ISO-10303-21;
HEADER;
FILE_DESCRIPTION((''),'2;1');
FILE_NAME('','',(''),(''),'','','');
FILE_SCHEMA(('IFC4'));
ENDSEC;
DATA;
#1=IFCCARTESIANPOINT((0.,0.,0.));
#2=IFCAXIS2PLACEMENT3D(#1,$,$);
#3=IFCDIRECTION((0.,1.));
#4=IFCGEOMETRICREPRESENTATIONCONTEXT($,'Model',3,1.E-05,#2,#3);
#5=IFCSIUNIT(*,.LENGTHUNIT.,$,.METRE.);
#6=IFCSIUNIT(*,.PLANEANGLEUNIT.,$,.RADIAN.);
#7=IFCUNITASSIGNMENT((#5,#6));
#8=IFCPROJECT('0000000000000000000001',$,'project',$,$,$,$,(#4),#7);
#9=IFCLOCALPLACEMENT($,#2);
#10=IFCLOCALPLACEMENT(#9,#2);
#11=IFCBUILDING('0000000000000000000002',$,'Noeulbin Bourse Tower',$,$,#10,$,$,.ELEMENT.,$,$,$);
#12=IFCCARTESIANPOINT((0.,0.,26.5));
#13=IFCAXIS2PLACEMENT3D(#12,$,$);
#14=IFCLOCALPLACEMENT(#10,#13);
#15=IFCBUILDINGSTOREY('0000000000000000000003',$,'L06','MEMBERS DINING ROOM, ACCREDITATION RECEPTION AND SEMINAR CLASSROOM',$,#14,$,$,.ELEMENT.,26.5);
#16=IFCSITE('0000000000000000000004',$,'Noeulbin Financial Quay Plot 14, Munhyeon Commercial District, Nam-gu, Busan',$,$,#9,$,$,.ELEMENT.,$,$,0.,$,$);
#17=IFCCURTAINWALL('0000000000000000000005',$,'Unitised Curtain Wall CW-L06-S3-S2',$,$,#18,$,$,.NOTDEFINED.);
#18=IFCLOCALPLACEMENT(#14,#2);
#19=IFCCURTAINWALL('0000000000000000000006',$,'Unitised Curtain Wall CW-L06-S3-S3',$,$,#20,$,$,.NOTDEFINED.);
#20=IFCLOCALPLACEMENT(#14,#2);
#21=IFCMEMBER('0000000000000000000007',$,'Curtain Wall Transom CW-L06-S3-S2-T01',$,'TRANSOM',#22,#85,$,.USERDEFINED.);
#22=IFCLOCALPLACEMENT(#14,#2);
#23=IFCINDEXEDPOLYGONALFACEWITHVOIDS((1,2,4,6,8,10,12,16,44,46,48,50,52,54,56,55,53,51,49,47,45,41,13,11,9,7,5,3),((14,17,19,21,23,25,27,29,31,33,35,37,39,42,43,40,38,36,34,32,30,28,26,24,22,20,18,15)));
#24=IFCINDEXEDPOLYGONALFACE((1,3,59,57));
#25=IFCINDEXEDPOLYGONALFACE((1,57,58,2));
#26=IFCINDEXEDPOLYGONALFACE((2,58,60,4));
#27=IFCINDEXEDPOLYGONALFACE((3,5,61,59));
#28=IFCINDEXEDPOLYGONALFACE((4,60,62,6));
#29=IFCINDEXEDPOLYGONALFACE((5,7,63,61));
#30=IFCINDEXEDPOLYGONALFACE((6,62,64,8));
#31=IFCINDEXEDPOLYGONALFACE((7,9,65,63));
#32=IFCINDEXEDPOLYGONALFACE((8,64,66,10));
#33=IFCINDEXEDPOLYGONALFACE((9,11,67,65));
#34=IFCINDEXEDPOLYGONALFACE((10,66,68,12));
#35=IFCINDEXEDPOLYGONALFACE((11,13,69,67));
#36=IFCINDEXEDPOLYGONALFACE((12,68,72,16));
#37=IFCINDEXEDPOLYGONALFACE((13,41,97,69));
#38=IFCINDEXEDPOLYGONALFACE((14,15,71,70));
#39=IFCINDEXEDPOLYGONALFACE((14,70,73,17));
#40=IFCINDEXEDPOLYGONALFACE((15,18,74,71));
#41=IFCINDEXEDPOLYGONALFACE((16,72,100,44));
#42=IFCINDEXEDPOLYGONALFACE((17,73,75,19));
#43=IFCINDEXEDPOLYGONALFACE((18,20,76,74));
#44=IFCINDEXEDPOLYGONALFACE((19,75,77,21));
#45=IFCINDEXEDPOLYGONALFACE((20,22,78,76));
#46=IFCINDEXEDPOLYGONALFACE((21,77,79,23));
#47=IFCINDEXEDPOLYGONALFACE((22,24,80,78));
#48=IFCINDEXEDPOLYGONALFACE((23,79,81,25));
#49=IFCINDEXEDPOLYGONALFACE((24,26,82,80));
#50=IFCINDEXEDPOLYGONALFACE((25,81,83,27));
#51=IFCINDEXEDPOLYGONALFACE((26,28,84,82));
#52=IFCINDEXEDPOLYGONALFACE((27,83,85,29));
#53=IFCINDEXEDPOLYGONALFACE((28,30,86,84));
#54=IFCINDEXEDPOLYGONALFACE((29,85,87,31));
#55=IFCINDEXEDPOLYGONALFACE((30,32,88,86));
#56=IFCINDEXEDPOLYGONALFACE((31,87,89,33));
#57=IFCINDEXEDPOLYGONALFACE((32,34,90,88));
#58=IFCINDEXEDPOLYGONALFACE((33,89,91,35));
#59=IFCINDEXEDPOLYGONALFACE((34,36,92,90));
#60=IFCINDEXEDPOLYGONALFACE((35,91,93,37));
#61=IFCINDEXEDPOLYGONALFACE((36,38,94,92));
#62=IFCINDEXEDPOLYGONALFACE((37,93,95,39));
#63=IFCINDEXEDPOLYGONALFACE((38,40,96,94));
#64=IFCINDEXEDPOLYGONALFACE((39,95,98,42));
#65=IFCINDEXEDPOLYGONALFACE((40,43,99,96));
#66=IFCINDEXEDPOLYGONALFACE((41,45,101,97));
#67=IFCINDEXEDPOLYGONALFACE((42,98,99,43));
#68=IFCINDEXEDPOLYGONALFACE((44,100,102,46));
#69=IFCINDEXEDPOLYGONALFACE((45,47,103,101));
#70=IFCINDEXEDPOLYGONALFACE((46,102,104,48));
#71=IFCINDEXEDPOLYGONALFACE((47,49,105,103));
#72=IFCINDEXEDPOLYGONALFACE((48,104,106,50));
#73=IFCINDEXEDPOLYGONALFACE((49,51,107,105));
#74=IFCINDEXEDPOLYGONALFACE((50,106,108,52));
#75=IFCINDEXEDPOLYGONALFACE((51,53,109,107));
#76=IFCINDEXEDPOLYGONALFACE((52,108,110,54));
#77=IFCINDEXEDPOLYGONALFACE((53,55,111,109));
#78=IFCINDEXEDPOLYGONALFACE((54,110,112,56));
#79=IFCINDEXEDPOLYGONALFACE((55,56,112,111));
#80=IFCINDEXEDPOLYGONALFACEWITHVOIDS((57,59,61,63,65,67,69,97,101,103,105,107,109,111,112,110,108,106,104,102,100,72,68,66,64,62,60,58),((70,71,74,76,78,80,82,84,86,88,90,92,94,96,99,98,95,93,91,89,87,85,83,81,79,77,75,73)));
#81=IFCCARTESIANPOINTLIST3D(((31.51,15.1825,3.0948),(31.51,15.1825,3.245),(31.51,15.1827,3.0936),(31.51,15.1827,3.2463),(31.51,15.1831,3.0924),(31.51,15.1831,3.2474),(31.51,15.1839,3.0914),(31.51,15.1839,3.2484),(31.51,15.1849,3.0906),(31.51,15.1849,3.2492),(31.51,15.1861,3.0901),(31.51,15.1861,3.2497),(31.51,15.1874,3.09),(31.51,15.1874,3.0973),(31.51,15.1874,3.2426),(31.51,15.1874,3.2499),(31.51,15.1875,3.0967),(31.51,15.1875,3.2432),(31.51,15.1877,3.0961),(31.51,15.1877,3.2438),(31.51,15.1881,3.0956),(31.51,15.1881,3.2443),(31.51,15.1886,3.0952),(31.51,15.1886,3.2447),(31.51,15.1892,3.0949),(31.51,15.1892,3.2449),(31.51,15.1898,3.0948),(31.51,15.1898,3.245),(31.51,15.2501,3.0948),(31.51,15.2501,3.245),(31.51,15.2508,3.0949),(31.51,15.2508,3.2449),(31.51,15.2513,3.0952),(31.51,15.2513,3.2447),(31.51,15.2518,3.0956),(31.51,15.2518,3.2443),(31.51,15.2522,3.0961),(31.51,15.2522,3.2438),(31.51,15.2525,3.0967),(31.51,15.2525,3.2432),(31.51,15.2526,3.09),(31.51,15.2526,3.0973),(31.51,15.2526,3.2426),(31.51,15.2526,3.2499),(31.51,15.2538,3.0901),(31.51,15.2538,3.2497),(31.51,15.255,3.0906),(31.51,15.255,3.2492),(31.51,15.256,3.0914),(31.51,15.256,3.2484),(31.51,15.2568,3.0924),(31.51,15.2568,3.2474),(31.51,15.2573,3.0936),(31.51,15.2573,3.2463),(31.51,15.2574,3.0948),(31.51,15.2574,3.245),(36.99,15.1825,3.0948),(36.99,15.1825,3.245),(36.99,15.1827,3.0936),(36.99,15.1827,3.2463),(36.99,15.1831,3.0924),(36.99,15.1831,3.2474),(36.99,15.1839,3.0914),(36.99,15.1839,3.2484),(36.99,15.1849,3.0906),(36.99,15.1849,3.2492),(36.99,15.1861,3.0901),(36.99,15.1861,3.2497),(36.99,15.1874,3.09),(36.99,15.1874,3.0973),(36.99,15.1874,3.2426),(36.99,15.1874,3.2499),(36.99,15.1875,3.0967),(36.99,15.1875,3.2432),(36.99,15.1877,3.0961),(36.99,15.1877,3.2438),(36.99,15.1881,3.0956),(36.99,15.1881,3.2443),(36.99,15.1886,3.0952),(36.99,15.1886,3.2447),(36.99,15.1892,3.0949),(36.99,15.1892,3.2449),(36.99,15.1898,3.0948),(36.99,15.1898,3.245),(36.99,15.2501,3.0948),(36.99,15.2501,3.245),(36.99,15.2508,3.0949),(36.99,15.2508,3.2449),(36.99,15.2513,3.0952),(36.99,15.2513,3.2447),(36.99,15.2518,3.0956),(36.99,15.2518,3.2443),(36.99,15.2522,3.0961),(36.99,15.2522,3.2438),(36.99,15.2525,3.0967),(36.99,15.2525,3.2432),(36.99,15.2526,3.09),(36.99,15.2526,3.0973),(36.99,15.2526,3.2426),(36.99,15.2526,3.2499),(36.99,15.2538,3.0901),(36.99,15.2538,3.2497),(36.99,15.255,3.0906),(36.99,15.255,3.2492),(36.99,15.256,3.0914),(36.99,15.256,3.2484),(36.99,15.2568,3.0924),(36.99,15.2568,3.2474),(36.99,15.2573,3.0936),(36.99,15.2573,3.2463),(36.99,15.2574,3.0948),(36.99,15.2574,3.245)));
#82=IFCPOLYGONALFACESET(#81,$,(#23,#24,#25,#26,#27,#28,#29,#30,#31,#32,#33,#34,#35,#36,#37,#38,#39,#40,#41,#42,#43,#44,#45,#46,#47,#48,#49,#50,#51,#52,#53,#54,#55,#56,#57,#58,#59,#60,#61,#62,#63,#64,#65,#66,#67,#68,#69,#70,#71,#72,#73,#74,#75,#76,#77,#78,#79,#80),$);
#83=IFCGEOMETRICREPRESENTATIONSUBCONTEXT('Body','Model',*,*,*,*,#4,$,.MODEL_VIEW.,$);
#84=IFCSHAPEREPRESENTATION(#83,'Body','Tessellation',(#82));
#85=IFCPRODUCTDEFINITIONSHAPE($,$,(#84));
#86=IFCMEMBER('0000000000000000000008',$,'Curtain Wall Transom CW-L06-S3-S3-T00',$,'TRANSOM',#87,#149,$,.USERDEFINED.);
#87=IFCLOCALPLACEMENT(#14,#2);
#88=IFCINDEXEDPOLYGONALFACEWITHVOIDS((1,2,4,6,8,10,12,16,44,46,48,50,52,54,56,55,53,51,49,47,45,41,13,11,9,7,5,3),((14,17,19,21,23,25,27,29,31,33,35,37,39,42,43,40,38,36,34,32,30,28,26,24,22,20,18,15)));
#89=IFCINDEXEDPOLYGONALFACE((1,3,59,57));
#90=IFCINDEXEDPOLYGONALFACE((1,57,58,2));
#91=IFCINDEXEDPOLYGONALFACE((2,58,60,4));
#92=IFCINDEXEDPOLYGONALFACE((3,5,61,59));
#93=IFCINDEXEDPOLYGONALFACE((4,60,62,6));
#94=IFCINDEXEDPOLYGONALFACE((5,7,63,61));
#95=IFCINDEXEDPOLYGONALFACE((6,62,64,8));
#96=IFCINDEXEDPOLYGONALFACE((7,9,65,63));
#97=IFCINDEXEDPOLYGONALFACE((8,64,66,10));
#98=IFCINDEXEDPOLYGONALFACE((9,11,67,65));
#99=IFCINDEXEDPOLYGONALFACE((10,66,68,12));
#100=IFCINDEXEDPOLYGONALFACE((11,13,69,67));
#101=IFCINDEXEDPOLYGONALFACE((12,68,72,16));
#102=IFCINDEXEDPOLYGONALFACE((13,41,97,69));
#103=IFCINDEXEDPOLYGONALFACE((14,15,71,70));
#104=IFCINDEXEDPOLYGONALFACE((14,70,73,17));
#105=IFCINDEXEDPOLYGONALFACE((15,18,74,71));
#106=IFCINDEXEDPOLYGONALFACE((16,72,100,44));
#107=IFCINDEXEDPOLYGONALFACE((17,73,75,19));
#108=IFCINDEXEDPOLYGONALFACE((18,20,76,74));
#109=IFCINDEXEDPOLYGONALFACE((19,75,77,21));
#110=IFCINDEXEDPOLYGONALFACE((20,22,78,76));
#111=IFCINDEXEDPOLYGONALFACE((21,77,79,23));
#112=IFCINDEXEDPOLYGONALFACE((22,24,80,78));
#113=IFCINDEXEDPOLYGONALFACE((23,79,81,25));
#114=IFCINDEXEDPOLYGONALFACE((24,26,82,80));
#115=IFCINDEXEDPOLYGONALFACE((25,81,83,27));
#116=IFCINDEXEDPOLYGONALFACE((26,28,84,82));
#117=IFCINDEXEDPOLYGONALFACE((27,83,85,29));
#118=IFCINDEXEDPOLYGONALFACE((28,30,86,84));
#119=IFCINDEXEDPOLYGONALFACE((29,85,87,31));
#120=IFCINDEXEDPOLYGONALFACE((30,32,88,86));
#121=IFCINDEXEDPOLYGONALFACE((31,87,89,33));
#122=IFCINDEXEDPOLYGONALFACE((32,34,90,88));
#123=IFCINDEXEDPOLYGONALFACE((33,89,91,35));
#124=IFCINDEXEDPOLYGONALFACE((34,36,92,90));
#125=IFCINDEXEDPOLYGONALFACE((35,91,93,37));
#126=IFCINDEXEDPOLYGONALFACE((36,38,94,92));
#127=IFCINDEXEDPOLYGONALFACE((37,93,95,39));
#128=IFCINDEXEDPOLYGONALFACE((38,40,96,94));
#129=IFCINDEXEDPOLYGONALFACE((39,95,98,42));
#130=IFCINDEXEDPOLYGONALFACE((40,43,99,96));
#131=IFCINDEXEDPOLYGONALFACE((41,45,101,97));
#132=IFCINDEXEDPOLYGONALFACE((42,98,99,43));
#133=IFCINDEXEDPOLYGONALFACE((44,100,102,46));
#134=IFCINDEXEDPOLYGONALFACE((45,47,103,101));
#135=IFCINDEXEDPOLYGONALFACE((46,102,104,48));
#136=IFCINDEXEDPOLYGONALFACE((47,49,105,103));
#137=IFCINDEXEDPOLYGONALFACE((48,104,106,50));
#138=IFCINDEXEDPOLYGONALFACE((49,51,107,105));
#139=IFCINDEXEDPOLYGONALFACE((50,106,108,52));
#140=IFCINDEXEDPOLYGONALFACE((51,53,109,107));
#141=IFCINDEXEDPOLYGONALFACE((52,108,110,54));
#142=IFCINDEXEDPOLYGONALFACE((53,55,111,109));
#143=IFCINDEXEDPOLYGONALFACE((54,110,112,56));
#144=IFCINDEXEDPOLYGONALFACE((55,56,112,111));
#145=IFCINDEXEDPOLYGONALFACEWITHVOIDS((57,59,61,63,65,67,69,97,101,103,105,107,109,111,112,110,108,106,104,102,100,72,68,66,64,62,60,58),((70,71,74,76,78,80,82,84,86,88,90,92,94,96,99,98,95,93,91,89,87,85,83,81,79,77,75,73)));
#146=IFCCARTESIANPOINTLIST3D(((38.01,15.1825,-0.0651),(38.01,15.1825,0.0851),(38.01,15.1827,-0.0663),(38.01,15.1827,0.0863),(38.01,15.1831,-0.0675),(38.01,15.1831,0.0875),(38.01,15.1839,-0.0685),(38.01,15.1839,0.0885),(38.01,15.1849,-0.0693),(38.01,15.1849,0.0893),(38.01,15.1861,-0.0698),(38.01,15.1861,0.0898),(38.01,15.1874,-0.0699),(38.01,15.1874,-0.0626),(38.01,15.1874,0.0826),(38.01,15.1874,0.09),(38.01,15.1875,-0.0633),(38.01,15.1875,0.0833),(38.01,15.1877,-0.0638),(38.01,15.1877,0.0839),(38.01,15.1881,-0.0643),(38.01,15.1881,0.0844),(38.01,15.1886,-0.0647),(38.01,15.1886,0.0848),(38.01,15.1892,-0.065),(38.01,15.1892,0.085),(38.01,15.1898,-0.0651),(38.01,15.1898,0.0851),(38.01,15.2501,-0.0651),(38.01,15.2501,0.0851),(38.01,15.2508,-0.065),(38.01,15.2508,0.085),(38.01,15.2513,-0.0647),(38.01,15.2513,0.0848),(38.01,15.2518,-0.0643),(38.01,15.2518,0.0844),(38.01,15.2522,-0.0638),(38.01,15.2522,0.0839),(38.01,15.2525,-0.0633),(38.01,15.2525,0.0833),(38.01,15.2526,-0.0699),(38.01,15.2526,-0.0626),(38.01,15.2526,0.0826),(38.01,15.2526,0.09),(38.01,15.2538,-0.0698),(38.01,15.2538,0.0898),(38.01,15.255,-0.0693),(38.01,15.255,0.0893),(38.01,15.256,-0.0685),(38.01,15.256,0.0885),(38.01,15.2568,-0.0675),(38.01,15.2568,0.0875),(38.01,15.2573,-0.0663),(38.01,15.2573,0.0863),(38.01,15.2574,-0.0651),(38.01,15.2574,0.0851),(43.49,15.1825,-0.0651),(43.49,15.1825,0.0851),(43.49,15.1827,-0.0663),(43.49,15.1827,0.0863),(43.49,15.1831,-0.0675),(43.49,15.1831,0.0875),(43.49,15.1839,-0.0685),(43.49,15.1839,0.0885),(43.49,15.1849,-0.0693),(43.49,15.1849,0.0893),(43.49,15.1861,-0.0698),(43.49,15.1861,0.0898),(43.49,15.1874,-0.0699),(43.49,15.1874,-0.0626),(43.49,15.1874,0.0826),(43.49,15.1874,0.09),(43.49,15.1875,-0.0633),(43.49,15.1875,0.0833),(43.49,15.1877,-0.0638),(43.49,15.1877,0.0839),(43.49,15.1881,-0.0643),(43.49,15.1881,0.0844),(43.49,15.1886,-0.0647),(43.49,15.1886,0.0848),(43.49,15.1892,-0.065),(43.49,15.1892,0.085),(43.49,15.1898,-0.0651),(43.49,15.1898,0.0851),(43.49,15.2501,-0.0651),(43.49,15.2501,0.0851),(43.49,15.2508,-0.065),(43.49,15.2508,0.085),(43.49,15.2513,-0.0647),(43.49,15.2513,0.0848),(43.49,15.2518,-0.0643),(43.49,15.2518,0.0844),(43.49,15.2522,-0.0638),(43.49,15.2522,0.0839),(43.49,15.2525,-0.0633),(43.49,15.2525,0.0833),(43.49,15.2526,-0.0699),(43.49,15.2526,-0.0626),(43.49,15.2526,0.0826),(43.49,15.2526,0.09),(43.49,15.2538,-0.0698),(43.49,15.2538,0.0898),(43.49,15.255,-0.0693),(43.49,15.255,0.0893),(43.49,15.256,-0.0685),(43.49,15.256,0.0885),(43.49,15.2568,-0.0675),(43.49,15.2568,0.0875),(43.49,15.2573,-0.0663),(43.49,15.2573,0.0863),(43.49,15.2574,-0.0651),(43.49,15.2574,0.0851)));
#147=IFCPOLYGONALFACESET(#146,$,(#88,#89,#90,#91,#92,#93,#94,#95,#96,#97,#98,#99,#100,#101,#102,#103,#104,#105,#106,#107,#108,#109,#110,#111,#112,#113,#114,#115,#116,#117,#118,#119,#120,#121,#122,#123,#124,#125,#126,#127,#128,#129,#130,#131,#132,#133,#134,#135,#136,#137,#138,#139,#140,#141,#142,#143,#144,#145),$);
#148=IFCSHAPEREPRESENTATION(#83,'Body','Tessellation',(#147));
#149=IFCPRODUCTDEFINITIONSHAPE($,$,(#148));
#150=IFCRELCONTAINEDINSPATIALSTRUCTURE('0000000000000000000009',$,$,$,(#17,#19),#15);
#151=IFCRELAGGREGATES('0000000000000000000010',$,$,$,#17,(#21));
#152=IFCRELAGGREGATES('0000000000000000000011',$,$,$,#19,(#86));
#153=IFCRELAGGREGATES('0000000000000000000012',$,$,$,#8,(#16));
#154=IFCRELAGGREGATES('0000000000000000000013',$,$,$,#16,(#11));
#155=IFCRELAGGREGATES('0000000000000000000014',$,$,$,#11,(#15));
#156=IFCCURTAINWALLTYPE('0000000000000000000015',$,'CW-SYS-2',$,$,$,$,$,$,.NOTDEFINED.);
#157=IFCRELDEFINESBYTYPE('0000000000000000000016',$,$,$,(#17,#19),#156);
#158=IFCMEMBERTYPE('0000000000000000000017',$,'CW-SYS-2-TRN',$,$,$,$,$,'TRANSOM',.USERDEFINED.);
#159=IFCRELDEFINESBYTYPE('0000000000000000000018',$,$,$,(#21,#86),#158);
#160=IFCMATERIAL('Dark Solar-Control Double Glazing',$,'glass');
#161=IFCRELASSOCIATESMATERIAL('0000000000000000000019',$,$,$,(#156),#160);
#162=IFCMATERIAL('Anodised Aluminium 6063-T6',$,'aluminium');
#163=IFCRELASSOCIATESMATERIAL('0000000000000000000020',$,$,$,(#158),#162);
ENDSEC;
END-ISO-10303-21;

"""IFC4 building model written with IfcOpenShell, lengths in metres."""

from ifc_helpers import new_model, si_unit, direction, frame, origin, origin_2d, place, context, subcontext, project, spatial, hollow_rectangle, extrude, material, material_profile, profile_set, type_object, element, aggregate, save


model = new_model("IFC4")

# Units and contexts
model_context = context("Model", 3, precision=1e-05, world=origin(), true_north=direction((0.0, 1.0)))
body_context = subcontext(model_context, "Body", "Model", "MODEL_VIEW")
ifc_project = project(units=[si_unit("LENGTHUNIT", "METRE"), si_unit("PLANEANGLEUNIT", "RADIAN")], contexts=[model_context])

# Site, building, storey
site_placement = place(None, origin())
site = spatial("IfcSite", under=ifc_project, at=site_placement, Name="Noeulbin Financial Quay Plot 14, Munhyeon Commercial District, Nam-gu, Busan", CompositionType="ELEMENT", RefElevation=0.0)
building_placement = place(site_placement, origin())
building = spatial("IfcBuilding", under=site, at=building_placement, Name="Noeulbin Bourse Tower", CompositionType="ELEMENT")
storey_placement = place(building_placement, frame((0.0, 0.0, 26.5)))
storey = spatial("IfcBuildingStorey", under=building, at=storey_placement, Name="L06", Description="MEMBERS DINING ROOM, ACCREDITATION RECEPTION AND SEMINAR CLASSROOM", CompositionType="ELEMENT", Elevation=26.5)

# Shared definitions
ifc_material_1 = material(Name="Dark Solar-Control Double Glazing", Category="glass")
curtain_wall_type = type_object("IfcCurtainWallType", Name="CW-SYS-2", PredefinedType="NOTDEFINED", material=ifc_material_1)
ifc_material_2 = material(Name="Anodised Aluminium 6063-T6", Category="aluminium")

# Curtain wall
curtain_wall_1_placement = place(storey_placement, origin())
curtain_wall_1 = element("IfcCurtainWall", 1, at=curtain_wall_1_placement, inside=storey, type_object=curtain_wall_type, Name="Unitised Curtain Wall CW-L06-S3-S2", PredefinedType="NOTDEFINED")

# Curtain wall
curtain_wall_2_placement = place(storey_placement, origin())
curtain_wall_2 = element("IfcCurtainWall", 2, at=curtain_wall_2_placement, inside=storey, type_object=curtain_wall_type, Name="Unitised Curtain Wall CW-L06-S3-S3", PredefinedType="NOTDEFINED")

# Members
ifc_material_profile_1 = material_profile(ifc_material_2, hollow_rectangle(XDim=0.075, YDim=0.1599, WallThickness=0.0049, InnerFilletRadius=0.0024, OuterFilletRadius=0.0049, at=origin_2d()), Name="ALU-TRAN-75x160x5", Category="LoadBearing")
ifc_profile_set_1 = profile_set([ifc_material_profile_1], Name="Anodised Aluminium 6063-T6")
member_type_1 = type_object("IfcMemberType", Name="CW-SYS-2-TRN", ElementType="TRANSOM", PredefinedType="USERDEFINED", material=ifc_profile_set_1)
member_1_placement = place(storey_placement, frame((31.51, 15.22, 3.1699), z_axis=(1.0, 0.0, 0.0), x_axis=(0.0, 1.0, 0.0)))
member_1 = element("IfcMember", 3, at=member_1_placement, type_object=member_type_1, Name="Curtain Wall Transom CW-L06-S3-S2-T01", ObjectType="TRANSOM", PredefinedType="USERDEFINED", context=body_context, shape_type="SweptSolid", body=[
    extrude(hollow_rectangle(XDim=0.075, YDim=0.1599, WallThickness=0.0049, InnerFilletRadius=0.0024, OuterFilletRadius=0.0049, at=origin_2d()), origin(), (0.0, 0.0, 1.0), 5.48),
])
member_2_placement = place(storey_placement, frame((38.01, 15.22, 0.01), z_axis=(1.0, 0.0, 0.0), x_axis=(0.0, 1.0, 0.0)))
member_2 = element("IfcMember", 4, at=member_2_placement, type_object=member_type_1, Name="Curtain Wall Transom CW-L06-S3-S3-T00", ObjectType="TRANSOM", PredefinedType="USERDEFINED", context=body_context, shape_type="SweptSolid", body=[
    extrude(hollow_rectangle(XDim=0.075, YDim=0.1599, WallThickness=0.0049, InnerFilletRadius=0.0024, OuterFilletRadius=0.0049, at=origin_2d()), origin(), (0.0, 0.0, 1.0), 5.48),
])

aggregate(curtain_wall_1, [member_1])
aggregate(curtain_wall_2, [member_2])

save(model, "model.ifc")
